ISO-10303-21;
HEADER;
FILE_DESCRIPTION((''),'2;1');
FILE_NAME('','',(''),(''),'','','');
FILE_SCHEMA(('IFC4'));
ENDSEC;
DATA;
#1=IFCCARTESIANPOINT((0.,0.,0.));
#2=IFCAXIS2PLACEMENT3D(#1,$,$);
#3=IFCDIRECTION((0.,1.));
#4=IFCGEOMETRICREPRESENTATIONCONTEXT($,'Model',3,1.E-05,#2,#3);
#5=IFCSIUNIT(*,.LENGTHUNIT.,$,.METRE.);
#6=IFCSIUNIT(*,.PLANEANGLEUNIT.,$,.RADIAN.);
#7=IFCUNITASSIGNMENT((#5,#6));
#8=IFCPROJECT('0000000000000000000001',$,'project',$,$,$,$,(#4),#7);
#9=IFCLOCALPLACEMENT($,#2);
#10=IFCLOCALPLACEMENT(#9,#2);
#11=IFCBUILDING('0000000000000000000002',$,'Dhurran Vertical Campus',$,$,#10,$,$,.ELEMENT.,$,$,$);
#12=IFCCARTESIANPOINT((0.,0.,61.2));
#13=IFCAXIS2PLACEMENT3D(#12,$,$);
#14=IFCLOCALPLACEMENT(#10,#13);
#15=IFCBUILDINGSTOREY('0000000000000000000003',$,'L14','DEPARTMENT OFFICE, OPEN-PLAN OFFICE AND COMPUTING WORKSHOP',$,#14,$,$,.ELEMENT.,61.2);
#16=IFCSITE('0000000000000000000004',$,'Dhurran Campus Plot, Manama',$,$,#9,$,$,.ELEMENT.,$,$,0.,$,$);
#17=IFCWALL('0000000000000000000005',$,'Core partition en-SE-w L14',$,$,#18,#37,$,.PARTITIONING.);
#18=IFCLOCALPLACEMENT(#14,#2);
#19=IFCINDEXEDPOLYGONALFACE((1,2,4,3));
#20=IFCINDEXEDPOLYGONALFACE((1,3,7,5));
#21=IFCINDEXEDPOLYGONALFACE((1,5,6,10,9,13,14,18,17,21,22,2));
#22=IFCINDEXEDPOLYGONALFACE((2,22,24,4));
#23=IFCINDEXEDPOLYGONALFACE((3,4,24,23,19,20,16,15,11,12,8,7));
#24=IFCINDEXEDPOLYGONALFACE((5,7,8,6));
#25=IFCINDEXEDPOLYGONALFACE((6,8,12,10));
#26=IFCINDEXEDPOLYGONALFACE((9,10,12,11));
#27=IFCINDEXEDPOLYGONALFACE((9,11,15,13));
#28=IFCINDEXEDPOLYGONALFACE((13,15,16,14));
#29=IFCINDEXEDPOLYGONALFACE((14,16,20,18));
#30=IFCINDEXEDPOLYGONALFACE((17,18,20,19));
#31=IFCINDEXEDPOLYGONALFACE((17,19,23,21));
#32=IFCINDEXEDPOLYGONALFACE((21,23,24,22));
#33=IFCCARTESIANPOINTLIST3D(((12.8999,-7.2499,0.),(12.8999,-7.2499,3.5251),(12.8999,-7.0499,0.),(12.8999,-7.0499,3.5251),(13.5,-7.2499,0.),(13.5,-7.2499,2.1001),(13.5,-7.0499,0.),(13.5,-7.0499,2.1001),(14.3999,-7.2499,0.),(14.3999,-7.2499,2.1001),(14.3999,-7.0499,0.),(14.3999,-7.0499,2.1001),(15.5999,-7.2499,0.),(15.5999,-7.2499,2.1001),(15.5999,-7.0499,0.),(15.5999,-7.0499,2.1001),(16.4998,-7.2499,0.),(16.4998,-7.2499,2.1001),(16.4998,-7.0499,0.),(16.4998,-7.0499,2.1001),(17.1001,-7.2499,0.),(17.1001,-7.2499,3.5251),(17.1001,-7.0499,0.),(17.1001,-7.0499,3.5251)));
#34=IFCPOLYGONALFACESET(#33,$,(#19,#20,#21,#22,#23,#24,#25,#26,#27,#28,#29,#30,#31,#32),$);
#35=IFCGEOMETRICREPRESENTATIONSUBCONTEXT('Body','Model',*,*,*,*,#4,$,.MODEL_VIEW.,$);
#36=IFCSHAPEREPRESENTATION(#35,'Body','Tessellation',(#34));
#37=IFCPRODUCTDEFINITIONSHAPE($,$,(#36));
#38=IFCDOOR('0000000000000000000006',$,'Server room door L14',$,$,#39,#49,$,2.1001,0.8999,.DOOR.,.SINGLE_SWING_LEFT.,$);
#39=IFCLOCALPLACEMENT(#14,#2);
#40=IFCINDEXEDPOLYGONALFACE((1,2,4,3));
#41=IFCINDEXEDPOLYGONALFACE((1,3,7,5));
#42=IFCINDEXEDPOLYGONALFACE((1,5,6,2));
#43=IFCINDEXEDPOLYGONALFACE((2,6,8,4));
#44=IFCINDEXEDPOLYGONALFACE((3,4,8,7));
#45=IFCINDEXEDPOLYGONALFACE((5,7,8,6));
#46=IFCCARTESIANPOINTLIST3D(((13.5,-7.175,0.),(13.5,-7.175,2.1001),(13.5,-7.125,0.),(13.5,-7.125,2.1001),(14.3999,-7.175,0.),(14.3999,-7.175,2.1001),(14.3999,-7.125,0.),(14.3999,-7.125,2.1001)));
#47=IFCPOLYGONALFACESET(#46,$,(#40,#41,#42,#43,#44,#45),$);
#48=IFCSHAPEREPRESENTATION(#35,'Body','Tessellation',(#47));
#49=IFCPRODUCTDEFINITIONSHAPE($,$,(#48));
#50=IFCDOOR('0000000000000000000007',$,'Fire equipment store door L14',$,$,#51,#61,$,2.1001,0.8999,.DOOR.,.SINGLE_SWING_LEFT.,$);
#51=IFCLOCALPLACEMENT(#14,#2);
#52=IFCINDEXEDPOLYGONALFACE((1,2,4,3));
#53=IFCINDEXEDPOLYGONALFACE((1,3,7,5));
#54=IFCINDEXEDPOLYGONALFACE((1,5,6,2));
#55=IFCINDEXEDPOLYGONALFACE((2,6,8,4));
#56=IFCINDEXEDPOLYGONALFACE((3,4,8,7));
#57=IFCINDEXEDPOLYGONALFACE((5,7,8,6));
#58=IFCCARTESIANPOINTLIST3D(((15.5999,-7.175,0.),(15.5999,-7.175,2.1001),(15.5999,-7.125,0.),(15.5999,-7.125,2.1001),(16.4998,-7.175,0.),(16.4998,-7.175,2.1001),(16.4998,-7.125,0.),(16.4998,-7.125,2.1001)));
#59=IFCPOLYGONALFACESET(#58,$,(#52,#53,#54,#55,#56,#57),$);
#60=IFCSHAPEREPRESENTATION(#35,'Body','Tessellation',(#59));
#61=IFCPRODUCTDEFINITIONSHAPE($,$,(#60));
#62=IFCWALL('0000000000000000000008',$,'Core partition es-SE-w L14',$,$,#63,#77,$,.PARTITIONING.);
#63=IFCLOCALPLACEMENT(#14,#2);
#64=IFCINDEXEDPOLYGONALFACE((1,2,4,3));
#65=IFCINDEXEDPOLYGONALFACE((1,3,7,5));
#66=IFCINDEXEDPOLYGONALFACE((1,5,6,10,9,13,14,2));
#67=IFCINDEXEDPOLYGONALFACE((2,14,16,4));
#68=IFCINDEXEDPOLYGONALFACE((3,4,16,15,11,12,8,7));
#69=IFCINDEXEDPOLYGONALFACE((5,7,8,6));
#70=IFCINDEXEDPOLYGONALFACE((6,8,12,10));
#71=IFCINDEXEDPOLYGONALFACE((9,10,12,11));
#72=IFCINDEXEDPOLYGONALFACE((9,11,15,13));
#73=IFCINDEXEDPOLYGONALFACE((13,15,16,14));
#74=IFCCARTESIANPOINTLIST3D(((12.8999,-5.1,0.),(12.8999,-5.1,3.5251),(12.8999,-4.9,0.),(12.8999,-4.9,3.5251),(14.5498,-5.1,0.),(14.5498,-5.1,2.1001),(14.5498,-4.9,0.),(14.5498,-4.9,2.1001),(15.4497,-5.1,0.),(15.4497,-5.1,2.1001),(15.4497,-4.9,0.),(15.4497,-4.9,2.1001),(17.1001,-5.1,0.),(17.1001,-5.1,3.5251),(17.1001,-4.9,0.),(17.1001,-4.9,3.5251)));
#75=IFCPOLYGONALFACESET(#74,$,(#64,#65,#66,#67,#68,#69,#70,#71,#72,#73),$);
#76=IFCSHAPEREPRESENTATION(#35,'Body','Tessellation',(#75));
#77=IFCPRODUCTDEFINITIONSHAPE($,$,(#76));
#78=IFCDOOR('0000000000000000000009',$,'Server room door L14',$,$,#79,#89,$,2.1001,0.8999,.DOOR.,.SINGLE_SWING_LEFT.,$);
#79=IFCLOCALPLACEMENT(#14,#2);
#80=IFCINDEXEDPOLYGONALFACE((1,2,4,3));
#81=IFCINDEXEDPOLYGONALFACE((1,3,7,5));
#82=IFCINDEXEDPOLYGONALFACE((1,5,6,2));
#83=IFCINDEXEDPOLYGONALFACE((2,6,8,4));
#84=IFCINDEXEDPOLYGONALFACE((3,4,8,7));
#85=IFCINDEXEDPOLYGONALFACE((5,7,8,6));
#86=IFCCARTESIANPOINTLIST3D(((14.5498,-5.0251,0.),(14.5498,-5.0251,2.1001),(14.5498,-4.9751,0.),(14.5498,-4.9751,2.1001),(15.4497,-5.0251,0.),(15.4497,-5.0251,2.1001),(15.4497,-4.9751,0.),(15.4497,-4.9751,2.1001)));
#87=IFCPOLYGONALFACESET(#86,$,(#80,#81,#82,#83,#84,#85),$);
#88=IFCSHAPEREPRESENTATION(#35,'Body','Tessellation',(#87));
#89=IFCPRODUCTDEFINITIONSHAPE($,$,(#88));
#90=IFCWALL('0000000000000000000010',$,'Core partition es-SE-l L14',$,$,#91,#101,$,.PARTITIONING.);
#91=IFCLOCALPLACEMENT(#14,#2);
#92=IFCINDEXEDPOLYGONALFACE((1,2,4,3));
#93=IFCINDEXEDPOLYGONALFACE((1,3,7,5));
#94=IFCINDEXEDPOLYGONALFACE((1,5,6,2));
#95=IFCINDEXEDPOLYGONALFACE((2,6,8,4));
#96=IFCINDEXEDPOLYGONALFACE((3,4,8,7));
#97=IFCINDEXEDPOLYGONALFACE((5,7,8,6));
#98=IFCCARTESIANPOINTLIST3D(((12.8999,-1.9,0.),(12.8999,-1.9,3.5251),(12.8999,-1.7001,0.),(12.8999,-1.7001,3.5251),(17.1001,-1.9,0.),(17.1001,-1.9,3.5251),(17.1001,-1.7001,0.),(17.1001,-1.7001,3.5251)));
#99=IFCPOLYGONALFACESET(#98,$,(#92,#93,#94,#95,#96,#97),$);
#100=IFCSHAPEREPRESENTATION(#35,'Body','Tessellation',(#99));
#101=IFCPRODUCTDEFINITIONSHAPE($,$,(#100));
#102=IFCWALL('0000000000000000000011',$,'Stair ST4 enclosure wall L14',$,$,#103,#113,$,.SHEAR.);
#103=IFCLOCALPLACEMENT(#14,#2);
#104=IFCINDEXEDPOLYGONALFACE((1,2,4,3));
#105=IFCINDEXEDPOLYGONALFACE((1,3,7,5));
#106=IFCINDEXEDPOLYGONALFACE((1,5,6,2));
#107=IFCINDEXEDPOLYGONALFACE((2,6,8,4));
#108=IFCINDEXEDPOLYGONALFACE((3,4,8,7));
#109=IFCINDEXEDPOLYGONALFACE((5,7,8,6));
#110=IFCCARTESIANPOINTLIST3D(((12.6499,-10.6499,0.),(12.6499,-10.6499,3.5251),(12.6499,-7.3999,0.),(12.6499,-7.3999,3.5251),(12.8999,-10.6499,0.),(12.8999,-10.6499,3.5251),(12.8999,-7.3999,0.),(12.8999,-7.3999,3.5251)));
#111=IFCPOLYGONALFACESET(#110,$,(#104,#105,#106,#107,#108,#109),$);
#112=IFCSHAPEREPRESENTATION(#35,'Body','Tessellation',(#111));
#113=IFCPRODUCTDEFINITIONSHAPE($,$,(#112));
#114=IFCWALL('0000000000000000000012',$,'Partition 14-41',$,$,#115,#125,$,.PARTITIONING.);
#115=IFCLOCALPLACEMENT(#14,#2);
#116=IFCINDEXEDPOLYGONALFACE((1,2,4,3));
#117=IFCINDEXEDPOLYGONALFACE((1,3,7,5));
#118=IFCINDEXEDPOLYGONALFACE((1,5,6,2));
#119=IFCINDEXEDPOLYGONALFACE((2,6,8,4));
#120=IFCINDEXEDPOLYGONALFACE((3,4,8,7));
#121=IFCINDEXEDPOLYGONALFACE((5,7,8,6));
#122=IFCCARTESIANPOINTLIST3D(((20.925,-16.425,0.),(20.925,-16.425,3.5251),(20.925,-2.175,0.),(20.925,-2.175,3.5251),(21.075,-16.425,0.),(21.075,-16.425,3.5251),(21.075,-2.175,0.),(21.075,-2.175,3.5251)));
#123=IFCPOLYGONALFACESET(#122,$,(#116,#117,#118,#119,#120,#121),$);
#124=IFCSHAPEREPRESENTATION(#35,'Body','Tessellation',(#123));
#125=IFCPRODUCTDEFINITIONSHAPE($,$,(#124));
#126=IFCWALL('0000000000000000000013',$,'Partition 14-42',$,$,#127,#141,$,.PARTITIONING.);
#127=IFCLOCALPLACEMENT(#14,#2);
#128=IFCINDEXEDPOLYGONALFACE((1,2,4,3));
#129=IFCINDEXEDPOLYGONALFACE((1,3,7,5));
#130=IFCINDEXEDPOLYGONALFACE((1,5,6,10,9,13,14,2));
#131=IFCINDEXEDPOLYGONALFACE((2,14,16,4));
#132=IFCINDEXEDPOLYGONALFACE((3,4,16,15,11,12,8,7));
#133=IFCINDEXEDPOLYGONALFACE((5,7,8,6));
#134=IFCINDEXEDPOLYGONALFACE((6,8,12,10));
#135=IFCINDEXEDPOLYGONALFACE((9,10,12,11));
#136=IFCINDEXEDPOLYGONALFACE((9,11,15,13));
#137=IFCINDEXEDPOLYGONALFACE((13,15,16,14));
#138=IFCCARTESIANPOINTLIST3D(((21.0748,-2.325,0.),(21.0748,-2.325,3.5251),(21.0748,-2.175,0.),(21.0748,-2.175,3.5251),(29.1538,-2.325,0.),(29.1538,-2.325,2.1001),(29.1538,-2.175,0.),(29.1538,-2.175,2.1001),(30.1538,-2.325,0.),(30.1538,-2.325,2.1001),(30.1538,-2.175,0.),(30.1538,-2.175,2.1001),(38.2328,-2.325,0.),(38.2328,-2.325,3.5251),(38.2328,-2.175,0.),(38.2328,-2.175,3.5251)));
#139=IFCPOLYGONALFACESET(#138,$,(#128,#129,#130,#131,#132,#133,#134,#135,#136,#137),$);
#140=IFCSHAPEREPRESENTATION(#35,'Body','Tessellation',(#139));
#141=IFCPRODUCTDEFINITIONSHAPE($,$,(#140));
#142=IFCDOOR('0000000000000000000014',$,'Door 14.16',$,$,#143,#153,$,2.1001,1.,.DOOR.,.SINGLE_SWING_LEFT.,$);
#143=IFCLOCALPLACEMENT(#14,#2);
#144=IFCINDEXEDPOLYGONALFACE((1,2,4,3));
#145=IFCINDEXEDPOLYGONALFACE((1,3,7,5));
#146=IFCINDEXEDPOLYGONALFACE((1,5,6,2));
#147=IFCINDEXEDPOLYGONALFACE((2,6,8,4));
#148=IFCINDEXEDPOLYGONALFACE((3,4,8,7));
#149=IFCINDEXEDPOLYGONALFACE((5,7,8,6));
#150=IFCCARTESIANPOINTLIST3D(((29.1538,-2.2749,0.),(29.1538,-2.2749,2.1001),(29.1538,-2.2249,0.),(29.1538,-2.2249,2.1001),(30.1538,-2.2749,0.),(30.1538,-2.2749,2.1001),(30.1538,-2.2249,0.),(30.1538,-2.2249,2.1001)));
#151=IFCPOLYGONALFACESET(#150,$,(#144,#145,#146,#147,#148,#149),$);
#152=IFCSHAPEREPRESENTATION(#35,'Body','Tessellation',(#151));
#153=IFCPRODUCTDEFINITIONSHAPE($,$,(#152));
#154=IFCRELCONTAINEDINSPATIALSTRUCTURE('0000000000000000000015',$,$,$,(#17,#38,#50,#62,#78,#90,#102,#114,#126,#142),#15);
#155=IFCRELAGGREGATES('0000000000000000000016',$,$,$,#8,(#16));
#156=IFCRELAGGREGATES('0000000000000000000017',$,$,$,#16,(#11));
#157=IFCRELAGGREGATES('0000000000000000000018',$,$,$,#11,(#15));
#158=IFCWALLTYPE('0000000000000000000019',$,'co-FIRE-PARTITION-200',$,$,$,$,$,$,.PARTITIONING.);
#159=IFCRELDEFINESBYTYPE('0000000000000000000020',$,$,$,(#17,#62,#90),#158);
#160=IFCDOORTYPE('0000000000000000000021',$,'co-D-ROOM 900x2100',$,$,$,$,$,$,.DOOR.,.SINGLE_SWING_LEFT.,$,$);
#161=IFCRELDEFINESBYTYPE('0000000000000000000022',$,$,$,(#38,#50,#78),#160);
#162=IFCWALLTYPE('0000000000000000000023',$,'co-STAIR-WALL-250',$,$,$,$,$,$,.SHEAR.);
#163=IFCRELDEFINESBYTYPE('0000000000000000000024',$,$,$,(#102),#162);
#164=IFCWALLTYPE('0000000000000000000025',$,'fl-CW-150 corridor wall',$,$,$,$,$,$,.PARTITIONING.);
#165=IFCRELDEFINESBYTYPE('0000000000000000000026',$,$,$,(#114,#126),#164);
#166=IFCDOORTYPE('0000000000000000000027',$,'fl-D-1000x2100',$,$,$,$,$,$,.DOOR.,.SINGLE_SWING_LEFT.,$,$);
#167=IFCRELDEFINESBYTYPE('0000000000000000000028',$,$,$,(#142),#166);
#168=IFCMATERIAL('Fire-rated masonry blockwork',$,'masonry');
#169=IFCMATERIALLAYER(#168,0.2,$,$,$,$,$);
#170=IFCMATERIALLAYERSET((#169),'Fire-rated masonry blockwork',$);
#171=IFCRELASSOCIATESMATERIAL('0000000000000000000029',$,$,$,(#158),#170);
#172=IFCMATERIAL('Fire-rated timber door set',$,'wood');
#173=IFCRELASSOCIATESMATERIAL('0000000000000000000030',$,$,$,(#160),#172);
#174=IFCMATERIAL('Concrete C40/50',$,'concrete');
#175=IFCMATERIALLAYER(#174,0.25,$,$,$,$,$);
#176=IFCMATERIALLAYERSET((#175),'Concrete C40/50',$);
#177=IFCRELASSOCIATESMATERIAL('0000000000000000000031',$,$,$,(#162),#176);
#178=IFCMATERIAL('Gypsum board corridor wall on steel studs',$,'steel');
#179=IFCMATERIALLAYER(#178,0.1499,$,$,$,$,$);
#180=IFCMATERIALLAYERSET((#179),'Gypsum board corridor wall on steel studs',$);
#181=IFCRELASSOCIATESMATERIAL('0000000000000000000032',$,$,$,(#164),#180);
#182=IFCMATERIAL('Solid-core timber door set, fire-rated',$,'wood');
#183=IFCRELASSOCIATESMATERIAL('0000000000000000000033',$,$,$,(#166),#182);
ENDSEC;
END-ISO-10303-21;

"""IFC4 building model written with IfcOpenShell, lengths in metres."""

from ifc_helpers import new_model, si_unit, direction, frame, frame_2d, origin, place, context, subcontext, project, spatial, rectangle, extrude, material, layer, layer_set, type_object, element, fill, save


model = new_model("IFC4")

# Units and contexts
model_context = context("Model", 3, precision=1e-05, world=origin(), true_north=direction((0.0, 1.0)))
body_context = subcontext(model_context, "Body", "Model", "MODEL_VIEW")
ifc_project = project(units=[si_unit("LENGTHUNIT", "METRE"), si_unit("PLANEANGLEUNIT", "RADIAN")], contexts=[model_context])

# Site, building, storey
site_placement = place(None, origin())
site = spatial("IfcSite", under=ifc_project, at=site_placement, Name="Dhurran Campus Plot, Manama", CompositionType="ELEMENT", RefElevation=0.0)
building_placement = place(site_placement, origin())
building = spatial("IfcBuilding", under=site, at=building_placement, Name="Dhurran Vertical Campus", CompositionType="ELEMENT")
storey_placement = place(building_placement, frame((0.0, 0.0, 61.2)))
storey = spatial("IfcBuildingStorey", under=building, at=storey_placement, Name="L14", Description="DEPARTMENT OFFICE, OPEN-PLAN OFFICE AND COMPUTING WORKSHOP", CompositionType="ELEMENT", Elevation=61.2)

# Shared definitions
ifc_material_1 = material(Name="Fire-rated masonry blockwork", Category="masonry")
ifc_layer_1 = layer(ifc_material_1, 0.2)
ifc_layer_set_1 = layer_set([ifc_layer_1], Name="Fire-rated masonry blockwork")
wall_type_1 = type_object("IfcWallType", Name="co-FIRE-PARTITION-200", PredefinedType="PARTITIONING", material=ifc_layer_set_1)

# Wall, openings, doors
wall_1_placement = place(storey_placement, frame((12.8999, -7.1499, 0.0), z_axis=(0.0, 0.0, 1.0), x_axis=(1.0, 0.0, 0.0)))
wall_1 = element("IfcWall", 1, at=wall_1_placement, inside=storey, type_object=wall_type_1, Name="Core partition en-SE-w L14", PredefinedType="PARTITIONING", context=body_context, shape_type="SweptSolid", body=[
    extrude(rectangle(XDim=4.2002, YDim=0.2, at=frame_2d((2.1001, 0.0))), origin(), (0.0, 0.0, 1.0), 3.5251),
])
opening_1_placement = place(wall_1_placement, frame((0.6001, 0.0, 0.0)))
opening_1 = element("IfcOpeningElement", 2, at=opening_1_placement, cuts=wall_1, PredefinedType="OPENING", context=body_context, shape_type="SweptSolid", body=[
    extrude(rectangle(XDim=0.8999, YDim=2.1001, at=frame_2d((0.45, 1.05))), frame((0.0, 0.1099, 0.0), z_axis=(0.0, -1.0, 0.0), x_axis=(1.0, 0.0, 0.0)), (0.0, 0.0, 1.0), 0.22),
])
opening_2_placement = place(wall_1_placement, frame((2.7, 0.0, 0.0)))
opening_2 = element("IfcOpeningElement", 3, at=opening_2_placement, cuts=wall_1, PredefinedType="OPENING", context=body_context, shape_type="SweptSolid", body=[
    extrude(rectangle(XDim=0.8999, YDim=2.1001, at=frame_2d((0.45, 1.05))), frame((0.0, 0.1099, 0.0), z_axis=(0.0, -1.0, 0.0), x_axis=(1.0, 0.0, 0.0)), (0.0, 0.0, 1.0), 0.22),
])
ifc_material_2 = material(Name="Fire-rated timber door set", Category="wood")
door_type_1 = type_object("IfcDoorType", Name="co-D-ROOM 900x2100", OperationType="SINGLE_SWING_LEFT", PredefinedType="DOOR", material=ifc_material_2)
door_1_placement = place(opening_1_placement, origin())
door_1 = element("IfcDoor", 4, at=door_1_placement, inside=storey, type_object=door_type_1, Name="Server room door L14", OperationType="SINGLE_SWING_LEFT", OverallHeight=2.1001, OverallWidth=0.8999, PredefinedType="DOOR", context=body_context, shape_type="SweptSolid", body=[
    extrude(rectangle(XDim=0.8999, YDim=2.1001, at=frame_2d((0.45, 1.05))), frame((0.0, 0.0249, 0.0), z_axis=(0.0, -1.0, 0.0), x_axis=(1.0, 0.0, 0.0)), (0.0, 0.0, 1.0), 0.05),
])
fill(opening_1, door_1)
door_2_placement = place(opening_2_placement, origin())
door_2 = element("IfcDoor", 5, at=door_2_placement, inside=storey, type_object=door_type_1, Name="Fire equipment store door L14", OperationType="SINGLE_SWING_LEFT", OverallHeight=2.1001, OverallWidth=0.8999, PredefinedType="DOOR", context=body_context, shape_type="SweptSolid", body=[
    extrude(rectangle(XDim=0.8999, YDim=2.1001, at=frame_2d((0.45, 1.05))), frame((0.0, 0.0249, 0.0), z_axis=(0.0, -1.0, 0.0), x_axis=(1.0, 0.0, 0.0)), (0.0, 0.0, 1.0), 0.05),
])
fill(opening_2, door_2)

# Wall, opening, door
wall_2_placement = place(storey_placement, frame((12.8999, -5.0, 0.0), z_axis=(0.0, 0.0, 1.0), x_axis=(1.0, 0.0, 0.0)))
wall_2 = element("IfcWall", 6, at=wall_2_placement, inside=storey, type_object=wall_type_1, Name="Core partition es-SE-w L14", PredefinedType="PARTITIONING", context=body_context, shape_type="SweptSolid", body=[
    extrude(rectangle(XDim=4.2002, YDim=0.2, at=frame_2d((2.1001, 0.0))), origin(), (0.0, 0.0, 1.0), 3.5251),
])
opening_3_placement = place(wall_2_placement, frame((1.6499, 0.0, 0.0)))
opening_3 = element("IfcOpeningElement", 7, at=opening_3_placement, cuts=wall_2, PredefinedType="OPENING", context=body_context, shape_type="SweptSolid", body=[
    extrude(rectangle(XDim=0.8999, YDim=2.1001, at=frame_2d((0.45, 1.05))), frame((0.0, 0.1099, 0.0), z_axis=(0.0, -1.0, 0.0), x_axis=(1.0, 0.0, 0.0)), (0.0, 0.0, 1.0), 0.22),
])
door_3_placement = place(opening_3_placement, origin())
door_3 = element("IfcDoor", 8, at=door_3_placement, inside=storey, type_object=door_type_1, Name="Server room door L14", OperationType="SINGLE_SWING_LEFT", OverallHeight=2.1001, OverallWidth=0.8999, PredefinedType="DOOR", context=body_context, shape_type="SweptSolid", body=[
    extrude(rectangle(XDim=0.8999, YDim=2.1001, at=frame_2d((0.45, 1.05))), frame((0.0, 0.0249, 0.0), z_axis=(0.0, -1.0, 0.0), x_axis=(1.0, 0.0, 0.0)), (0.0, 0.0, 1.0), 0.05),
])
fill(opening_3, door_3)

# Walls
wall_3_placement = place(storey_placement, frame((12.8999, -1.8, 0.0), z_axis=(0.0, 0.0, 1.0), x_axis=(1.0, 0.0, 0.0)))
element("IfcWall", 9, at=wall_3_placement, inside=storey, type_object=wall_type_1, Name="Core partition es-SE-l L14", PredefinedType="PARTITIONING", context=body_context, shape_type="SweptSolid", body=[
    extrude(rectangle(XDim=4.2002, YDim=0.2, at=frame_2d((2.1001, 0.0))), origin(), (0.0, 0.0, 1.0), 3.5251),
])
ifc_material_3 = material(Name="Concrete C40/50", Category="concrete")
ifc_layer_2 = layer(ifc_material_3, 0.25)
ifc_layer_set_2 = layer_set([ifc_layer_2], Name="Concrete C40/50")
wall_type_2 = type_object("IfcWallType", Name="co-STAIR-WALL-250", PredefinedType="SHEAR", material=ifc_layer_set_2)
wall_4_placement = place(storey_placement, frame((12.7749, -10.6499, 0.0), z_axis=(0.0, 0.0, 1.0), x_axis=(0.0, 1.0, 0.0)))
element("IfcWall", 10, at=wall_4_placement, inside=storey, type_object=wall_type_2, Name="Stair ST4 enclosure wall L14", PredefinedType="SHEAR", context=body_context, shape_type="SweptSolid", body=[
    extrude(rectangle(XDim=3.25, YDim=0.25, at=frame_2d((1.625, 0.0))), origin(), (0.0, 0.0, 1.0), 3.5251),
])
ifc_material_4 = material(Name="Gypsum board corridor wall on steel studs", Category="steel")
ifc_layer_3 = layer(ifc_material_4, 0.1499)
ifc_layer_set_3 = layer_set([ifc_layer_3], Name="Gypsum board corridor wall on steel studs")
wall_type_3 = type_object("IfcWallType", Name="fl-CW-150 corridor wall", PredefinedType="PARTITIONING", material=ifc_layer_set_3)
wall_5_placement = place(storey_placement, frame((21.0, -16.425, 0.0), z_axis=(0.0, 0.0, 1.0), x_axis=(0.0, 1.0, 0.0)))
element("IfcWall", 11, at=wall_5_placement, inside=storey, type_object=wall_type_3, Name="Partition 14-41", PredefinedType="PARTITIONING", context=body_context, shape_type="SweptSolid", body=[
    extrude(rectangle(XDim=14.25, YDim=0.1499, at=frame_2d((7.125, 0.0))), origin(), (0.0, 0.0, 1.0), 3.5251),
])

# Wall, opening, door
wall_6_placement = place(storey_placement, frame((38.2329, -2.25, 0.0), z_axis=(0.0, 0.0, 1.0), x_axis=(-1.0, 0.0, 0.0)))
wall_6 = element("IfcWall", 12, at=wall_6_placement, inside=storey, type_object=wall_type_3, Name="Partition 14-42", PredefinedType="PARTITIONING", context=body_context, shape_type="SweptSolid", body=[
    extrude(rectangle(XDim=17.158, YDim=0.1499, at=frame_2d((8.5791, 0.0))), origin(), (0.0, 0.0, 1.0), 3.5251),
])
opening_4_placement = place(wall_6_placement, frame((8.0791, 0.0, 0.0)))
opening_4 = element("IfcOpeningElement", 13, at=opening_4_placement, cuts=wall_6, PredefinedType="OPENING", context=body_context, shape_type="SweptSolid", body=[
    extrude(rectangle(XDim=1.0, YDim=2.1001, at=frame_2d((0.5, 1.05))), frame((0.0, 0.085, 0.0), z_axis=(0.0, -1.0, 0.0), x_axis=(1.0, 0.0, 0.0)), (0.0, 0.0, 1.0), 0.1699),
])
ifc_material_5 = material(Name="Solid-core timber door set, fire-rated", Category="wood")
door_type_2 = type_object("IfcDoorType", Name="fl-D-1000x2100", OperationType="SINGLE_SWING_LEFT", PredefinedType="DOOR", material=ifc_material_5)
door_4_placement = place(opening_4_placement, origin())
door_4 = element("IfcDoor", 14, at=door_4_placement, inside=storey, type_object=door_type_2, Name="Door 14.16", OperationType="SINGLE_SWING_LEFT", OverallHeight=2.1001, OverallWidth=1.0, PredefinedType="DOOR", context=body_context, shape_type="SweptSolid", body=[
    extrude(rectangle(XDim=1.0, YDim=2.1001, at=frame_2d((0.5, 1.05))), frame((0.0, 0.0249, 0.0), z_axis=(0.0, -1.0, 0.0), x_axis=(1.0, 0.0, 0.0)), (0.0, 0.0, 1.0), 0.05),
])
fill(opening_4, door_4)

save(model, "model.ifc")
